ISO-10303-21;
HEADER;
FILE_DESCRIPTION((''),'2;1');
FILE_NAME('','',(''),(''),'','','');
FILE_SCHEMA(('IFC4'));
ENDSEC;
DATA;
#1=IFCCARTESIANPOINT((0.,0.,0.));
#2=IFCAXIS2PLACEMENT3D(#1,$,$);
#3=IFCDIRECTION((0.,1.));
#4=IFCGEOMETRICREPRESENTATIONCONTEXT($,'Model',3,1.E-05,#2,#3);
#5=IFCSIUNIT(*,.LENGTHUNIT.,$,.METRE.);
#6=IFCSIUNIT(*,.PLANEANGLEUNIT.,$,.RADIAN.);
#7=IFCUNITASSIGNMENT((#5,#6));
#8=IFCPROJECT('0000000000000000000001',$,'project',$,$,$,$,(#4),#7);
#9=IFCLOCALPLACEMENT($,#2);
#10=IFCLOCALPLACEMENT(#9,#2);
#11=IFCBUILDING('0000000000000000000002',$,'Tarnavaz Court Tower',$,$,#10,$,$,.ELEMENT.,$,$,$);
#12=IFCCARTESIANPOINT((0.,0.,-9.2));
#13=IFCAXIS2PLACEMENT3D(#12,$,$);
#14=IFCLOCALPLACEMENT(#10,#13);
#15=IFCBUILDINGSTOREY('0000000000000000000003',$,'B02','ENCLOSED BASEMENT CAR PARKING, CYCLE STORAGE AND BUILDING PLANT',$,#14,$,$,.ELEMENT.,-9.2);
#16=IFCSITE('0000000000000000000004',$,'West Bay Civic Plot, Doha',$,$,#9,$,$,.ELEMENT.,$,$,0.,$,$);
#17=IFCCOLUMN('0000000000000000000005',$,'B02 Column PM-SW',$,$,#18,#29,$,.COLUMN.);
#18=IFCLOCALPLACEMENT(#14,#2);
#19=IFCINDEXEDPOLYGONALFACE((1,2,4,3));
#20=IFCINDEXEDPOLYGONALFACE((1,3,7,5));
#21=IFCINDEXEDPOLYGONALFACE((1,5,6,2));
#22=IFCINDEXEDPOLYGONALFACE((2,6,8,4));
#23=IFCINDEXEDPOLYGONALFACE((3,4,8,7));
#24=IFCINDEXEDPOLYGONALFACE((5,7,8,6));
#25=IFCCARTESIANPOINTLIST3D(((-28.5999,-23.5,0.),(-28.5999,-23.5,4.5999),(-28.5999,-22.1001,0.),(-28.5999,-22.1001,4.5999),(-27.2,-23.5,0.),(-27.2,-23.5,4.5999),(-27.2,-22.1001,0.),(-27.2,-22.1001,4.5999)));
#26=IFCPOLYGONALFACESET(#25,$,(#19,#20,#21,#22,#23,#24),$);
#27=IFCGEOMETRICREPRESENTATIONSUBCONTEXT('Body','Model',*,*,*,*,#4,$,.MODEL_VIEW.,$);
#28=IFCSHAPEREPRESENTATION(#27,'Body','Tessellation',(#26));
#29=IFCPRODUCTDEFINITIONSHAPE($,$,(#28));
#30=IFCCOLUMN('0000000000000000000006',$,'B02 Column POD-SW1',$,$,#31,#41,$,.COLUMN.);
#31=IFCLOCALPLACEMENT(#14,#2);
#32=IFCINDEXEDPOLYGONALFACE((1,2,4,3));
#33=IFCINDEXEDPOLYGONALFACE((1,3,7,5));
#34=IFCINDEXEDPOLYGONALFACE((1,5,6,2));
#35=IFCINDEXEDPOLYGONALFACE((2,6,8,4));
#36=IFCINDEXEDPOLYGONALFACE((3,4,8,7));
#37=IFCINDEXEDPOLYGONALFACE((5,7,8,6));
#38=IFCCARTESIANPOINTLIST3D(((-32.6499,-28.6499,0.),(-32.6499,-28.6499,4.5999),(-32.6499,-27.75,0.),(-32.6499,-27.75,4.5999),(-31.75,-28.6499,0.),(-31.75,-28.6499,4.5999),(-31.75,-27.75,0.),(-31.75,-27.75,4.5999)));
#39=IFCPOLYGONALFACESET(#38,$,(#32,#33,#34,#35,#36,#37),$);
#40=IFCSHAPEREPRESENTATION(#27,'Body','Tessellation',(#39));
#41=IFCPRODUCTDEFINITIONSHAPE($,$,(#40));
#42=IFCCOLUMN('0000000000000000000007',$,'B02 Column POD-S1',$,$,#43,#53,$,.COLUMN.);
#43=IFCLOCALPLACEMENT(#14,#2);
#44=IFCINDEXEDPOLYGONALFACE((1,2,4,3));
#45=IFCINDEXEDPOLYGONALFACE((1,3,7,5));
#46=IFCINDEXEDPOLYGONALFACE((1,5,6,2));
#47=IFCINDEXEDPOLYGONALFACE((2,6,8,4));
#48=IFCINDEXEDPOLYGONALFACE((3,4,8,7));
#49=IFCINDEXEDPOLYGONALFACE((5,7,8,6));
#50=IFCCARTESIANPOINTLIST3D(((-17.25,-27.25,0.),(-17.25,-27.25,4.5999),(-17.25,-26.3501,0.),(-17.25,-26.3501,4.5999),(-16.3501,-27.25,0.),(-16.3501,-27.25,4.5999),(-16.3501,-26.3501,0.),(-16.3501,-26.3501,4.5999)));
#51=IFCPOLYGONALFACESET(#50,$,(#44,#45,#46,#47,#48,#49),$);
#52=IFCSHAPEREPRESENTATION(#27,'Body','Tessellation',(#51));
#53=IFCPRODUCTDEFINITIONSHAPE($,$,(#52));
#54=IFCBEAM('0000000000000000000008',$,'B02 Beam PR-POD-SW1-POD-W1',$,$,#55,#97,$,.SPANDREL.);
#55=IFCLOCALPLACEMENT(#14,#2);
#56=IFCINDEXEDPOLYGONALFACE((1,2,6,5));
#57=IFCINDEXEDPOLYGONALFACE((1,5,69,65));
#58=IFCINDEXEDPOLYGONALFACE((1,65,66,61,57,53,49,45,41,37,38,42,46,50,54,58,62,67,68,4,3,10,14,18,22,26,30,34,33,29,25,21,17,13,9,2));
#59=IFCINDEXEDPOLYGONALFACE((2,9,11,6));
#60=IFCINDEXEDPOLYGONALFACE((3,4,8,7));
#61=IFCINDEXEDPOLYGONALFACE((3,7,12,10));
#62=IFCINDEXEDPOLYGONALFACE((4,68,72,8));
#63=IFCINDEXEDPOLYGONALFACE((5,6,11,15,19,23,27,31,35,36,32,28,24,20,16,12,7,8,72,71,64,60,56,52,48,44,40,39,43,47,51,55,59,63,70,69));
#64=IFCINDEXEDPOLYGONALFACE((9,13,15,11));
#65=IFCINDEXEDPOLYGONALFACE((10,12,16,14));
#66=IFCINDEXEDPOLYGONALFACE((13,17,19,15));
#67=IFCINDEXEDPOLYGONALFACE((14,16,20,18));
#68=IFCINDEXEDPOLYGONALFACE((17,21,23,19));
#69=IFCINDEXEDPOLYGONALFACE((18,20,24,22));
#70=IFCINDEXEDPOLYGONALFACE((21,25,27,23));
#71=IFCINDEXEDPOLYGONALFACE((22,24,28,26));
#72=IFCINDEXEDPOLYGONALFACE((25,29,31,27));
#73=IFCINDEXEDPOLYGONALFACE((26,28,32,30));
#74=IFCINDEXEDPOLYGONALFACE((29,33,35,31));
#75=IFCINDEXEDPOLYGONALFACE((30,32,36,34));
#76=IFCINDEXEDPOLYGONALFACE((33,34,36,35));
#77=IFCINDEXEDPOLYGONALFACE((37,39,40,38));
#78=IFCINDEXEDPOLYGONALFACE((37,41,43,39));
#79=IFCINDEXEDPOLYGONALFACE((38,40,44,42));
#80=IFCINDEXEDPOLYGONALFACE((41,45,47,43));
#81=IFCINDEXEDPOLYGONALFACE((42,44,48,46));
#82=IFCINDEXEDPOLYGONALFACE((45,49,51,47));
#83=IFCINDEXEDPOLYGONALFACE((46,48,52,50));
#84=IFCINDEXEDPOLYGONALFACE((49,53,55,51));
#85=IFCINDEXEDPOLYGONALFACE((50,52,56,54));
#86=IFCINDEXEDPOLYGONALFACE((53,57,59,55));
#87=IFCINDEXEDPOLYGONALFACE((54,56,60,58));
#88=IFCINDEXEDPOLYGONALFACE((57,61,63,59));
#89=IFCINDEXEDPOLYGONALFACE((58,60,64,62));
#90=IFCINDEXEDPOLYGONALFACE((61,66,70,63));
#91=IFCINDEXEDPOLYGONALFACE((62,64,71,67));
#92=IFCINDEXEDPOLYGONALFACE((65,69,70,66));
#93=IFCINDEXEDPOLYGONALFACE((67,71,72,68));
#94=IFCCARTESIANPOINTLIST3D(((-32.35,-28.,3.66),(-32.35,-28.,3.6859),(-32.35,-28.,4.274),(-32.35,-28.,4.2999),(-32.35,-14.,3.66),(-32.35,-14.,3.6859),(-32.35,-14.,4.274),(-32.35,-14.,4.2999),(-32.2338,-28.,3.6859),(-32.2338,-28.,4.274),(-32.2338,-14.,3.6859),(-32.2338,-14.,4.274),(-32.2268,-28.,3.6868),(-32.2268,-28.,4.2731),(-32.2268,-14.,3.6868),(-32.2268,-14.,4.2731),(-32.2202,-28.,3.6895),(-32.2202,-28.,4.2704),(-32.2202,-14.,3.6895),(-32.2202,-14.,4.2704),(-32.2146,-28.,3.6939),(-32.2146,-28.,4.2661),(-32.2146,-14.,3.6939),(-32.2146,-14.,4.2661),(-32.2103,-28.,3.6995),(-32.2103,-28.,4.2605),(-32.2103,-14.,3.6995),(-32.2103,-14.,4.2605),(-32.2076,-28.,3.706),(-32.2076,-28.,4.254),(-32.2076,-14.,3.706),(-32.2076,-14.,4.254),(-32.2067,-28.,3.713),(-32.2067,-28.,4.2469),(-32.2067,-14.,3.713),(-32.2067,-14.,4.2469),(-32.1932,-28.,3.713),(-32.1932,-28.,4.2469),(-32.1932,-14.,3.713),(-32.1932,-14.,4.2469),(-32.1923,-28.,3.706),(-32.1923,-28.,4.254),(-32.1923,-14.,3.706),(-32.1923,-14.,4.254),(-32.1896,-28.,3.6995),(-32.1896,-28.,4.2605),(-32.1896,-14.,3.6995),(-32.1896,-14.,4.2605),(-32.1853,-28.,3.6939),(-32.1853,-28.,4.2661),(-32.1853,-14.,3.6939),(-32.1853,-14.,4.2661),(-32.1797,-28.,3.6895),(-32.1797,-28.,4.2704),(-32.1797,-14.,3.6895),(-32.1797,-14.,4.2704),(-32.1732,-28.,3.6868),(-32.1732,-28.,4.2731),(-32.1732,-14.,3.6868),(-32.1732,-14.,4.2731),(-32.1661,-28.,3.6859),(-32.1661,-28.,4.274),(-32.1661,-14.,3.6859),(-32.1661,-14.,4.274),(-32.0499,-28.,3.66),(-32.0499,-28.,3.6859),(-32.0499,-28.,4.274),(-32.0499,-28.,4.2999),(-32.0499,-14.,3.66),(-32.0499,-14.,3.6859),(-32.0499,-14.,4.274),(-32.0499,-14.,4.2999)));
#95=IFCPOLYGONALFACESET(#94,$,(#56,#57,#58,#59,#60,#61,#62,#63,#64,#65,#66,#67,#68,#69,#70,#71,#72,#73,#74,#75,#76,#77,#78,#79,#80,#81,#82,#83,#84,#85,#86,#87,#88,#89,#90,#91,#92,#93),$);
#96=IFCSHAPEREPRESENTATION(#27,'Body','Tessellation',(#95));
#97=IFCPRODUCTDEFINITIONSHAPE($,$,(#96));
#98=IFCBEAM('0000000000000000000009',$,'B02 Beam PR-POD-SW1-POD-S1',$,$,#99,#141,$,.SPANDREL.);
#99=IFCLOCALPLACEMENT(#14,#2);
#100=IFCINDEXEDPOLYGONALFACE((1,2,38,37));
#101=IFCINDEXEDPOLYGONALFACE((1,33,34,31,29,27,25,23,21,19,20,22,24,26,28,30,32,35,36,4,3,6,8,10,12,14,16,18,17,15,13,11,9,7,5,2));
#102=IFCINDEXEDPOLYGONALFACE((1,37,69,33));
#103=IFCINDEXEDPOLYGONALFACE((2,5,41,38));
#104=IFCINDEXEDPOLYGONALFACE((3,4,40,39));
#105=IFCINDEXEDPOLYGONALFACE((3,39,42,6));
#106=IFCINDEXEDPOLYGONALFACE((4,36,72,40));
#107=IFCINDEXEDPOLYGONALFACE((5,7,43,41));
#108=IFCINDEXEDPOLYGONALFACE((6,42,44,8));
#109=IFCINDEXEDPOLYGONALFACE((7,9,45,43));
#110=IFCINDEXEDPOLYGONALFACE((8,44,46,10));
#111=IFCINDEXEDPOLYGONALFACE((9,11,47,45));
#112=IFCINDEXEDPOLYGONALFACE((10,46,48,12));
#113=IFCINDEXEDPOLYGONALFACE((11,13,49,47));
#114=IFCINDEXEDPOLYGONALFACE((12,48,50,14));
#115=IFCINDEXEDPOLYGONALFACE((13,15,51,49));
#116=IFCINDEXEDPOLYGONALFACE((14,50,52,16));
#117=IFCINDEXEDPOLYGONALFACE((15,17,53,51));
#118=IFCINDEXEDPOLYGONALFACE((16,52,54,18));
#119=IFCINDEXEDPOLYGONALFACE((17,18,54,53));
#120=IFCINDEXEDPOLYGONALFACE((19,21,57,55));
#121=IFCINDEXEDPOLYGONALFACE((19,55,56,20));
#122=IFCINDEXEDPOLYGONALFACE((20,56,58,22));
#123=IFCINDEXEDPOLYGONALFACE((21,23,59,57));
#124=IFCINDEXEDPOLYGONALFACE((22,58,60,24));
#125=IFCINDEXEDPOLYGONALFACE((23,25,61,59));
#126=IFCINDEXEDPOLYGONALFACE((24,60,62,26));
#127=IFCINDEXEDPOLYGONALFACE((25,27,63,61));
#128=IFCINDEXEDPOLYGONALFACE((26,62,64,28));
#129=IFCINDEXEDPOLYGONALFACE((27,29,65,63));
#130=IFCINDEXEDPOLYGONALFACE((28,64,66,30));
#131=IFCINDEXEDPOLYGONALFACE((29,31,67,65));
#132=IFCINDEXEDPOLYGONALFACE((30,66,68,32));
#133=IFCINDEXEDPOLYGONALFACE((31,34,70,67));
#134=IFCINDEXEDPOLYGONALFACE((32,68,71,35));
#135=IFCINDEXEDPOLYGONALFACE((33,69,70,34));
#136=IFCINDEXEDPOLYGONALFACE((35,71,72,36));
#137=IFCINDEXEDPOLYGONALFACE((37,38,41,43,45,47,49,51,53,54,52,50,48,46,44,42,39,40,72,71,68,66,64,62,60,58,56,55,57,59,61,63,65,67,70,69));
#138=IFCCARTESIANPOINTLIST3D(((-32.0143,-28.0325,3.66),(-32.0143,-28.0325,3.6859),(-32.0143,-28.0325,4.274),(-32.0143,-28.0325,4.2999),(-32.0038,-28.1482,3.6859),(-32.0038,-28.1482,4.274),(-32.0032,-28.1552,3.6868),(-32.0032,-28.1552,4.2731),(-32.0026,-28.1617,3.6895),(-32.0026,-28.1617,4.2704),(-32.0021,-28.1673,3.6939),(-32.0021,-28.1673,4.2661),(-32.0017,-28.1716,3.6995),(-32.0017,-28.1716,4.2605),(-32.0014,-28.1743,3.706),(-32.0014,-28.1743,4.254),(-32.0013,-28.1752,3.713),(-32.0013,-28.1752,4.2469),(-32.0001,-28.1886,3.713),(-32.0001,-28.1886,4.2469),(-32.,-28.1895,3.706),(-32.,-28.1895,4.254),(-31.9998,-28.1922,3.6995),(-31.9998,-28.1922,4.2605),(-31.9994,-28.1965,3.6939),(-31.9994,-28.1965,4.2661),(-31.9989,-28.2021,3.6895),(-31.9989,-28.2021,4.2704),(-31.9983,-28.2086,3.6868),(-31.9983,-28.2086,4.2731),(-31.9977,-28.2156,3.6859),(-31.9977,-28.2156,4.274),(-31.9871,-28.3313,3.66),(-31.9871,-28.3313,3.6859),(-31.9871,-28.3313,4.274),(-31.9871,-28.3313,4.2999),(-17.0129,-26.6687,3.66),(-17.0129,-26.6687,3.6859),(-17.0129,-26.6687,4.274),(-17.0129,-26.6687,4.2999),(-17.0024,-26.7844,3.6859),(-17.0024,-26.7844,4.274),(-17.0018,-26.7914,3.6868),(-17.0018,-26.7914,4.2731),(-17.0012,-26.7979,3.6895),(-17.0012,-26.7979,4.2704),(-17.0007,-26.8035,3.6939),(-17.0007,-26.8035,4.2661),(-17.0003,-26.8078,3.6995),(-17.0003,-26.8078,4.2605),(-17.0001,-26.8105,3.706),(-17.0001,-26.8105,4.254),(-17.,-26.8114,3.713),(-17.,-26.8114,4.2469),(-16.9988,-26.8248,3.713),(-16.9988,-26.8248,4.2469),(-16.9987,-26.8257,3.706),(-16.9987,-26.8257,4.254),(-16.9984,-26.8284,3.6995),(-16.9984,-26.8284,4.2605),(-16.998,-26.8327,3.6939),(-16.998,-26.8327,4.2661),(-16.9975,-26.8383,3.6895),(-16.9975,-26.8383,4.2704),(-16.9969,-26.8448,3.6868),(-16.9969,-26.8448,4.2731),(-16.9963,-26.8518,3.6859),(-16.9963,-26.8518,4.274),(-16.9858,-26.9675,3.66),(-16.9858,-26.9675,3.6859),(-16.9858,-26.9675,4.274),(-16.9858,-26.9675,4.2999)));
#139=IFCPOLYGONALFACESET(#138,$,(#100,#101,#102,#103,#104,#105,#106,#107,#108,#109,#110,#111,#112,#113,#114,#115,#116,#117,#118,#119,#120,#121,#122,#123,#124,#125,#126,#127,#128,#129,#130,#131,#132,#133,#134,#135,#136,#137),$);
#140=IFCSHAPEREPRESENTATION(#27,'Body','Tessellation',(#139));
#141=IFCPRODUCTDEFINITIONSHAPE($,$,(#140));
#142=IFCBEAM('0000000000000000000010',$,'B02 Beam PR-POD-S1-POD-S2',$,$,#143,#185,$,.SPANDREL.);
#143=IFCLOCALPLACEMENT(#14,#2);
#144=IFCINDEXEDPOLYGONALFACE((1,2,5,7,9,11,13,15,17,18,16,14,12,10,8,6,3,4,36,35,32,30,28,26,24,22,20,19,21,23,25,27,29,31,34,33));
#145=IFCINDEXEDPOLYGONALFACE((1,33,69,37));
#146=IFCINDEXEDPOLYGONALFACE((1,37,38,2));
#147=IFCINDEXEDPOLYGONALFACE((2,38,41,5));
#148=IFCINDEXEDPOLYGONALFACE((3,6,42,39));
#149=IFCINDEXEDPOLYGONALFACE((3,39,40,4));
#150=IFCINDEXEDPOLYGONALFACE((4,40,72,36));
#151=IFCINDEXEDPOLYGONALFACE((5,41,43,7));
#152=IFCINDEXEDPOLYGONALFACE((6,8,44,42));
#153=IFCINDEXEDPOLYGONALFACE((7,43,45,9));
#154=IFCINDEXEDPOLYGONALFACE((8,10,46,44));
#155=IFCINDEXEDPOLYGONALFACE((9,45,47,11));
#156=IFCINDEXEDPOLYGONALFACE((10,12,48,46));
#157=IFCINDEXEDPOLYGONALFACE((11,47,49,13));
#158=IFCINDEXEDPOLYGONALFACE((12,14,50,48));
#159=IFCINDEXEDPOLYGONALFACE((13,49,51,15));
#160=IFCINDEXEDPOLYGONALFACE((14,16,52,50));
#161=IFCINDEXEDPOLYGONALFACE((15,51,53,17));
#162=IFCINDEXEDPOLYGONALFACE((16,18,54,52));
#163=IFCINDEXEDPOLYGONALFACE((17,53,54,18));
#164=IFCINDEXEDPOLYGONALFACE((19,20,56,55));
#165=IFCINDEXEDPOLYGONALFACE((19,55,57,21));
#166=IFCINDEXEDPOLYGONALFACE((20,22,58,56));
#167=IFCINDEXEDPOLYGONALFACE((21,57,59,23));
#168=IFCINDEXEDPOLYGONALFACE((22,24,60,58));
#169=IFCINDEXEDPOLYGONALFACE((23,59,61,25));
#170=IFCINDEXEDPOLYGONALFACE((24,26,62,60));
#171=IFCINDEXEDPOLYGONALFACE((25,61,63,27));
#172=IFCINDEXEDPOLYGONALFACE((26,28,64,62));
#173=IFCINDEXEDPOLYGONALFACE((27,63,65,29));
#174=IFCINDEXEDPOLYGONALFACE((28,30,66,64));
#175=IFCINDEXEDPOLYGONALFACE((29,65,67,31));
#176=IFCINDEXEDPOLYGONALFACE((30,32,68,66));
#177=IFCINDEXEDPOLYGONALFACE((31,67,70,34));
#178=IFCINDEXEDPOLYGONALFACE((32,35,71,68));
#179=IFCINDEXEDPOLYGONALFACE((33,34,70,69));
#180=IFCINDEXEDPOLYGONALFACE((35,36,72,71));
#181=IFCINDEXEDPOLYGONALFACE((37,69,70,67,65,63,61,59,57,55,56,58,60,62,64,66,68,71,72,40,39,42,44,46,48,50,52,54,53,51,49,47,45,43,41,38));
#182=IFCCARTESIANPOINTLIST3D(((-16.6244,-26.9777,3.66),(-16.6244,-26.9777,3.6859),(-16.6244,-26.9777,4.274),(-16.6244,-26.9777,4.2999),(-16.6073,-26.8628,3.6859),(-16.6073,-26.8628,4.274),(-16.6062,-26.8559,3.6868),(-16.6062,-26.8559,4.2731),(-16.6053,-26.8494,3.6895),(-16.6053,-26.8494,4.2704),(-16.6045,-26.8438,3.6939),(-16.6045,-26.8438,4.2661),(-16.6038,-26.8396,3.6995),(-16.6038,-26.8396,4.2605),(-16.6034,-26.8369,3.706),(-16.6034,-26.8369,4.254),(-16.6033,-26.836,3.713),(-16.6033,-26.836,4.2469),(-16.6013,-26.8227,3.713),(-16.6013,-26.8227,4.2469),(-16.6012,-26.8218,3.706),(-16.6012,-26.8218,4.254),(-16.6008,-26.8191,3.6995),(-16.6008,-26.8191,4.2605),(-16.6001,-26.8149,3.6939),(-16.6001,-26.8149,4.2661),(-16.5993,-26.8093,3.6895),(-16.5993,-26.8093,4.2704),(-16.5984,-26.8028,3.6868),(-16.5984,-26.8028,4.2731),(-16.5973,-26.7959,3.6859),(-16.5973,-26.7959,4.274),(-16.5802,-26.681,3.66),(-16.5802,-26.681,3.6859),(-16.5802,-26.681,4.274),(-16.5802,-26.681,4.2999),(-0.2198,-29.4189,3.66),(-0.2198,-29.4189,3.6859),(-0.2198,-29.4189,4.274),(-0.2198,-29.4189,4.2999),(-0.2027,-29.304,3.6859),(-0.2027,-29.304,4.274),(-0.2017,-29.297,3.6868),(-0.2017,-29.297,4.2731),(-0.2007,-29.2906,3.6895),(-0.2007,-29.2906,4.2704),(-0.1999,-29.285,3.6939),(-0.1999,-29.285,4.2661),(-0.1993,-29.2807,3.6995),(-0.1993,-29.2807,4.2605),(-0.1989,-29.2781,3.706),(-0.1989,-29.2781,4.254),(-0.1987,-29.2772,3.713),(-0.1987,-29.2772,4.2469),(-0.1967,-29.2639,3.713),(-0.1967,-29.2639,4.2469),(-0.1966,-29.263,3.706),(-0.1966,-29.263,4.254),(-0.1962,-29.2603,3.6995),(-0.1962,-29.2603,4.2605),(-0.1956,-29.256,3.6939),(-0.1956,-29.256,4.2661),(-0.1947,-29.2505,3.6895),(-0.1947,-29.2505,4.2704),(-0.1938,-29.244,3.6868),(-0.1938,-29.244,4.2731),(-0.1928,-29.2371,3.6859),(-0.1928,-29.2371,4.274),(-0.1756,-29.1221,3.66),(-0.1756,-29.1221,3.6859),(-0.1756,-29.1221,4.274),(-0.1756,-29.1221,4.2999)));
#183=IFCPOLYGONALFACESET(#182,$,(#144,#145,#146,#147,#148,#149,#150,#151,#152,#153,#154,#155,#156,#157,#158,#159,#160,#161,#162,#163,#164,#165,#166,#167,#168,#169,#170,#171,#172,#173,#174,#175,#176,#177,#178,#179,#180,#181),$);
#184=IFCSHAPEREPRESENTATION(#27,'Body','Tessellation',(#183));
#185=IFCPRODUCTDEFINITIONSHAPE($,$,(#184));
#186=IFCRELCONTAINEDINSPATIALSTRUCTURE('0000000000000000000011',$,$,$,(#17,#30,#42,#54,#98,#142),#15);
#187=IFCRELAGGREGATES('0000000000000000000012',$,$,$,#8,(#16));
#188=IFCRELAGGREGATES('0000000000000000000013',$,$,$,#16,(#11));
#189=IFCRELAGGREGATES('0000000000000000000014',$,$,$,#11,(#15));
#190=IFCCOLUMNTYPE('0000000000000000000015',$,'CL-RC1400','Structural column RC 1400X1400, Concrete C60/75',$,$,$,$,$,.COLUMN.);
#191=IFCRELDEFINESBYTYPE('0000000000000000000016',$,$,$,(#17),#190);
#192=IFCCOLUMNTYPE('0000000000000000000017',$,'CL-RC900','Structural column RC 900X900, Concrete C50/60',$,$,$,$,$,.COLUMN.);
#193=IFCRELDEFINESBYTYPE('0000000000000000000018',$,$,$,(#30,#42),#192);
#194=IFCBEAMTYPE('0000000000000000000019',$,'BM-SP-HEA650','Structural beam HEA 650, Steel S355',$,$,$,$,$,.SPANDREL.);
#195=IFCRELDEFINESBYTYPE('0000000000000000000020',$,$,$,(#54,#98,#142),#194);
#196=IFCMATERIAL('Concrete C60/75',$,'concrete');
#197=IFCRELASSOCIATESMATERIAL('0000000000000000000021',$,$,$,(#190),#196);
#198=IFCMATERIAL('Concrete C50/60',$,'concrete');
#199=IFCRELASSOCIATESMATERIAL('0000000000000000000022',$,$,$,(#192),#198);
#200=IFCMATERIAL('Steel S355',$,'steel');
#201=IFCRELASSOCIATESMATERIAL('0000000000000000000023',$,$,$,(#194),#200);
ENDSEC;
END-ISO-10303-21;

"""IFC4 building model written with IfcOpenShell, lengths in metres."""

from ifc_helpers import new_model, si_unit, direction, frame, origin, origin_2d, place, context, subcontext, project, spatial, rectangle, i_section, extrude, material, material_profile, profile_set, type_object, element, save


model = new_model("IFC4")

# Units and contexts
model_context = context("Model", 3, precision=1e-05, world=origin(), true_north=direction((0.0, 1.0)))
body_context = subcontext(model_context, "Body", "Model", "MODEL_VIEW")
ifc_project = project(units=[si_unit("LENGTHUNIT", "METRE"), si_unit("PLANEANGLEUNIT", "RADIAN")], contexts=[model_context])

# Site, building, storey
site_placement = place(None, origin())
site = spatial("IfcSite", under=ifc_project, at=site_placement, Name="West Bay Civic Plot, Doha", CompositionType="ELEMENT", RefElevation=0.0)
building_placement = place(site_placement, origin())
building = spatial("IfcBuilding", under=site, at=building_placement, Name="Tarnavaz Court Tower", CompositionType="ELEMENT")
storey_placement = place(building_placement, frame((0.0, 0.0, -9.2)))
storey = spatial("IfcBuildingStorey", under=building, at=storey_placement, Name="B02", Description="ENCLOSED BASEMENT CAR PARKING, CYCLE STORAGE AND BUILDING PLANT", CompositionType="ELEMENT", Elevation=-9.2)

# Shared definitions
ifc_material_1 = material(Name="Concrete C50/60", Category="concrete")

# Columns
ifc_material_2 = material(Name="Concrete C60/75", Category="concrete")
ifc_material_profile_1 = material_profile(ifc_material_2, rectangle(XDim=1.3999, YDim=1.3999, at=origin_2d()), Name="RC 1400X1400")
ifc_profile_set_1 = profile_set([ifc_material_profile_1], Name="Concrete C60/75")
column_type_1 = type_object("IfcColumnType", Name="CL-RC1400", Description="Structural column RC 1400X1400, Concrete C60/75", PredefinedType="COLUMN", material=ifc_profile_set_1)
column_placement = place(storey_placement, frame((-27.8999, -22.8, 0.0), z_axis=(0.0, 0.0, 1.0), x_axis=(1.0, 0.0, 0.0)))
element("IfcColumn", 1, at=column_placement, inside=storey, type_object=column_type_1, Name="B02 Column PM-SW", PredefinedType="COLUMN", context=body_context, shape_type="SweptSolid", body=[
    extrude(rectangle(XDim=1.3999, YDim=1.3999, at=origin_2d()), origin(), (0.0, 0.0, 1.0), 4.5999),
])
ifc_material_profile_2 = material_profile(ifc_material_1, rectangle(XDim=0.8999, YDim=0.8999, at=origin_2d()), Name="RC 900X900")
ifc_profile_set_2 = profile_set([ifc_material_profile_2], Name="Concrete C50/60")
column_type_2 = type_object("IfcColumnType", Name="CL-RC900", Description="Structural column RC 900X900, Concrete C50/60", PredefinedType="COLUMN", material=ifc_profile_set_2)
for number, where, z_axis, x_axis, name in (
    (2, (-32.2, -28.2, 0.0), (0.0, 0.0, 1.0), (1.0, 0.0, 0.0), "B02 Column POD-SW1"),
    (3, (-16.8, -26.8, 0.0), (0.0, 0.0, 1.0), (1.0, 0.0, 0.0), "B02 Column POD-S1"),
):
    element("IfcColumn", number, at=place(storey_placement, frame(where, z_axis=z_axis, x_axis=x_axis)), inside=storey, type_object=column_type_2, Name=name, PredefinedType="COLUMN", context=body_context, shape_type="SweptSolid", body=[
        extrude(rectangle(XDim=0.8999, YDim=0.8999, at=origin_2d()), origin(), (0.0, 0.0, 1.0), 4.5999),
    ])

# Beams
ifc_material_3 = material(Name="Steel S355", Category="steel")
ifc_material_profile_3 = material_profile(ifc_material_3, i_section(OverallWidth=0.3, OverallDepth=0.6399, WebThickness=0.0134, FlangeThickness=0.0259, FilletRadius=0.0271, at=origin_2d()), Name="HEA 650")
ifc_profile_set_3 = profile_set([ifc_material_profile_3], Name="Steel S355")
beam_type_1 = type_object("IfcBeamType", Name="BM-SP-HEA650", Description="Structural beam HEA 650, Steel S355", PredefinedType="SPANDREL", material=ifc_profile_set_3)
beam_1_placement = place(storey_placement, frame((-32.2, -28.0, 3.98), z_axis=(0.0, 1.0, 0.0), x_axis=(-1.0, 0.0, 0.0)))
element("IfcBeam", 4, at=beam_1_placement, inside=storey, type_object=beam_type_1, Name="B02 Beam PR-POD-SW1-POD-W1", PredefinedType="SPANDREL", context=body_context, shape_type="SweptSolid", body=[
    extrude(i_section(OverallWidth=0.3, OverallDepth=0.6399, WebThickness=0.0134, FlangeThickness=0.0259, FilletRadius=0.0271, at=origin_2d()), origin(), (0.0, 0.0, 1.0), 14.0),
])
beam_2_placement = place(storey_placement, frame((-32.0007, -28.1819, 3.98), z_axis=(0.995893, 0.090536, 0.0), x_axis=(-0.090536, 0.995893, 0.0)))
element("IfcBeam", 5, at=beam_2_placement, inside=storey, type_object=beam_type_1, Name="B02 Beam PR-POD-SW1-POD-S1", PredefinedType="SPANDREL", context=body_context, shape_type="SweptSolid", body=[
    extrude(i_section(OverallWidth=0.3, OverallDepth=0.6399, WebThickness=0.0134, FlangeThickness=0.0259, FilletRadius=0.0271, at=origin_2d()), origin(), (0.0, 0.0, 1.0), 15.0632),
])
beam_3_placement = place(storey_placement, frame((-16.6023, -26.8293, 3.98), z_axis=(0.989108, -0.147189, 0.0), x_axis=(0.147189, 0.989108, 0.0)))
element("IfcBeam", 6, at=beam_3_placement, inside=storey, type_object=beam_type_1, Name="B02 Beam PR-POD-S1-POD-S2", PredefinedType="SPANDREL", context=body_context, shape_type="SweptSolid", body=[
    extrude(i_section(OverallWidth=0.3, OverallDepth=0.6399, WebThickness=0.0134, FlangeThickness=0.0259, FilletRadius=0.0271, at=origin_2d()), origin(), (0.0, 0.0, 1.0), 16.5852),
])

save(model, "model.ifc")
